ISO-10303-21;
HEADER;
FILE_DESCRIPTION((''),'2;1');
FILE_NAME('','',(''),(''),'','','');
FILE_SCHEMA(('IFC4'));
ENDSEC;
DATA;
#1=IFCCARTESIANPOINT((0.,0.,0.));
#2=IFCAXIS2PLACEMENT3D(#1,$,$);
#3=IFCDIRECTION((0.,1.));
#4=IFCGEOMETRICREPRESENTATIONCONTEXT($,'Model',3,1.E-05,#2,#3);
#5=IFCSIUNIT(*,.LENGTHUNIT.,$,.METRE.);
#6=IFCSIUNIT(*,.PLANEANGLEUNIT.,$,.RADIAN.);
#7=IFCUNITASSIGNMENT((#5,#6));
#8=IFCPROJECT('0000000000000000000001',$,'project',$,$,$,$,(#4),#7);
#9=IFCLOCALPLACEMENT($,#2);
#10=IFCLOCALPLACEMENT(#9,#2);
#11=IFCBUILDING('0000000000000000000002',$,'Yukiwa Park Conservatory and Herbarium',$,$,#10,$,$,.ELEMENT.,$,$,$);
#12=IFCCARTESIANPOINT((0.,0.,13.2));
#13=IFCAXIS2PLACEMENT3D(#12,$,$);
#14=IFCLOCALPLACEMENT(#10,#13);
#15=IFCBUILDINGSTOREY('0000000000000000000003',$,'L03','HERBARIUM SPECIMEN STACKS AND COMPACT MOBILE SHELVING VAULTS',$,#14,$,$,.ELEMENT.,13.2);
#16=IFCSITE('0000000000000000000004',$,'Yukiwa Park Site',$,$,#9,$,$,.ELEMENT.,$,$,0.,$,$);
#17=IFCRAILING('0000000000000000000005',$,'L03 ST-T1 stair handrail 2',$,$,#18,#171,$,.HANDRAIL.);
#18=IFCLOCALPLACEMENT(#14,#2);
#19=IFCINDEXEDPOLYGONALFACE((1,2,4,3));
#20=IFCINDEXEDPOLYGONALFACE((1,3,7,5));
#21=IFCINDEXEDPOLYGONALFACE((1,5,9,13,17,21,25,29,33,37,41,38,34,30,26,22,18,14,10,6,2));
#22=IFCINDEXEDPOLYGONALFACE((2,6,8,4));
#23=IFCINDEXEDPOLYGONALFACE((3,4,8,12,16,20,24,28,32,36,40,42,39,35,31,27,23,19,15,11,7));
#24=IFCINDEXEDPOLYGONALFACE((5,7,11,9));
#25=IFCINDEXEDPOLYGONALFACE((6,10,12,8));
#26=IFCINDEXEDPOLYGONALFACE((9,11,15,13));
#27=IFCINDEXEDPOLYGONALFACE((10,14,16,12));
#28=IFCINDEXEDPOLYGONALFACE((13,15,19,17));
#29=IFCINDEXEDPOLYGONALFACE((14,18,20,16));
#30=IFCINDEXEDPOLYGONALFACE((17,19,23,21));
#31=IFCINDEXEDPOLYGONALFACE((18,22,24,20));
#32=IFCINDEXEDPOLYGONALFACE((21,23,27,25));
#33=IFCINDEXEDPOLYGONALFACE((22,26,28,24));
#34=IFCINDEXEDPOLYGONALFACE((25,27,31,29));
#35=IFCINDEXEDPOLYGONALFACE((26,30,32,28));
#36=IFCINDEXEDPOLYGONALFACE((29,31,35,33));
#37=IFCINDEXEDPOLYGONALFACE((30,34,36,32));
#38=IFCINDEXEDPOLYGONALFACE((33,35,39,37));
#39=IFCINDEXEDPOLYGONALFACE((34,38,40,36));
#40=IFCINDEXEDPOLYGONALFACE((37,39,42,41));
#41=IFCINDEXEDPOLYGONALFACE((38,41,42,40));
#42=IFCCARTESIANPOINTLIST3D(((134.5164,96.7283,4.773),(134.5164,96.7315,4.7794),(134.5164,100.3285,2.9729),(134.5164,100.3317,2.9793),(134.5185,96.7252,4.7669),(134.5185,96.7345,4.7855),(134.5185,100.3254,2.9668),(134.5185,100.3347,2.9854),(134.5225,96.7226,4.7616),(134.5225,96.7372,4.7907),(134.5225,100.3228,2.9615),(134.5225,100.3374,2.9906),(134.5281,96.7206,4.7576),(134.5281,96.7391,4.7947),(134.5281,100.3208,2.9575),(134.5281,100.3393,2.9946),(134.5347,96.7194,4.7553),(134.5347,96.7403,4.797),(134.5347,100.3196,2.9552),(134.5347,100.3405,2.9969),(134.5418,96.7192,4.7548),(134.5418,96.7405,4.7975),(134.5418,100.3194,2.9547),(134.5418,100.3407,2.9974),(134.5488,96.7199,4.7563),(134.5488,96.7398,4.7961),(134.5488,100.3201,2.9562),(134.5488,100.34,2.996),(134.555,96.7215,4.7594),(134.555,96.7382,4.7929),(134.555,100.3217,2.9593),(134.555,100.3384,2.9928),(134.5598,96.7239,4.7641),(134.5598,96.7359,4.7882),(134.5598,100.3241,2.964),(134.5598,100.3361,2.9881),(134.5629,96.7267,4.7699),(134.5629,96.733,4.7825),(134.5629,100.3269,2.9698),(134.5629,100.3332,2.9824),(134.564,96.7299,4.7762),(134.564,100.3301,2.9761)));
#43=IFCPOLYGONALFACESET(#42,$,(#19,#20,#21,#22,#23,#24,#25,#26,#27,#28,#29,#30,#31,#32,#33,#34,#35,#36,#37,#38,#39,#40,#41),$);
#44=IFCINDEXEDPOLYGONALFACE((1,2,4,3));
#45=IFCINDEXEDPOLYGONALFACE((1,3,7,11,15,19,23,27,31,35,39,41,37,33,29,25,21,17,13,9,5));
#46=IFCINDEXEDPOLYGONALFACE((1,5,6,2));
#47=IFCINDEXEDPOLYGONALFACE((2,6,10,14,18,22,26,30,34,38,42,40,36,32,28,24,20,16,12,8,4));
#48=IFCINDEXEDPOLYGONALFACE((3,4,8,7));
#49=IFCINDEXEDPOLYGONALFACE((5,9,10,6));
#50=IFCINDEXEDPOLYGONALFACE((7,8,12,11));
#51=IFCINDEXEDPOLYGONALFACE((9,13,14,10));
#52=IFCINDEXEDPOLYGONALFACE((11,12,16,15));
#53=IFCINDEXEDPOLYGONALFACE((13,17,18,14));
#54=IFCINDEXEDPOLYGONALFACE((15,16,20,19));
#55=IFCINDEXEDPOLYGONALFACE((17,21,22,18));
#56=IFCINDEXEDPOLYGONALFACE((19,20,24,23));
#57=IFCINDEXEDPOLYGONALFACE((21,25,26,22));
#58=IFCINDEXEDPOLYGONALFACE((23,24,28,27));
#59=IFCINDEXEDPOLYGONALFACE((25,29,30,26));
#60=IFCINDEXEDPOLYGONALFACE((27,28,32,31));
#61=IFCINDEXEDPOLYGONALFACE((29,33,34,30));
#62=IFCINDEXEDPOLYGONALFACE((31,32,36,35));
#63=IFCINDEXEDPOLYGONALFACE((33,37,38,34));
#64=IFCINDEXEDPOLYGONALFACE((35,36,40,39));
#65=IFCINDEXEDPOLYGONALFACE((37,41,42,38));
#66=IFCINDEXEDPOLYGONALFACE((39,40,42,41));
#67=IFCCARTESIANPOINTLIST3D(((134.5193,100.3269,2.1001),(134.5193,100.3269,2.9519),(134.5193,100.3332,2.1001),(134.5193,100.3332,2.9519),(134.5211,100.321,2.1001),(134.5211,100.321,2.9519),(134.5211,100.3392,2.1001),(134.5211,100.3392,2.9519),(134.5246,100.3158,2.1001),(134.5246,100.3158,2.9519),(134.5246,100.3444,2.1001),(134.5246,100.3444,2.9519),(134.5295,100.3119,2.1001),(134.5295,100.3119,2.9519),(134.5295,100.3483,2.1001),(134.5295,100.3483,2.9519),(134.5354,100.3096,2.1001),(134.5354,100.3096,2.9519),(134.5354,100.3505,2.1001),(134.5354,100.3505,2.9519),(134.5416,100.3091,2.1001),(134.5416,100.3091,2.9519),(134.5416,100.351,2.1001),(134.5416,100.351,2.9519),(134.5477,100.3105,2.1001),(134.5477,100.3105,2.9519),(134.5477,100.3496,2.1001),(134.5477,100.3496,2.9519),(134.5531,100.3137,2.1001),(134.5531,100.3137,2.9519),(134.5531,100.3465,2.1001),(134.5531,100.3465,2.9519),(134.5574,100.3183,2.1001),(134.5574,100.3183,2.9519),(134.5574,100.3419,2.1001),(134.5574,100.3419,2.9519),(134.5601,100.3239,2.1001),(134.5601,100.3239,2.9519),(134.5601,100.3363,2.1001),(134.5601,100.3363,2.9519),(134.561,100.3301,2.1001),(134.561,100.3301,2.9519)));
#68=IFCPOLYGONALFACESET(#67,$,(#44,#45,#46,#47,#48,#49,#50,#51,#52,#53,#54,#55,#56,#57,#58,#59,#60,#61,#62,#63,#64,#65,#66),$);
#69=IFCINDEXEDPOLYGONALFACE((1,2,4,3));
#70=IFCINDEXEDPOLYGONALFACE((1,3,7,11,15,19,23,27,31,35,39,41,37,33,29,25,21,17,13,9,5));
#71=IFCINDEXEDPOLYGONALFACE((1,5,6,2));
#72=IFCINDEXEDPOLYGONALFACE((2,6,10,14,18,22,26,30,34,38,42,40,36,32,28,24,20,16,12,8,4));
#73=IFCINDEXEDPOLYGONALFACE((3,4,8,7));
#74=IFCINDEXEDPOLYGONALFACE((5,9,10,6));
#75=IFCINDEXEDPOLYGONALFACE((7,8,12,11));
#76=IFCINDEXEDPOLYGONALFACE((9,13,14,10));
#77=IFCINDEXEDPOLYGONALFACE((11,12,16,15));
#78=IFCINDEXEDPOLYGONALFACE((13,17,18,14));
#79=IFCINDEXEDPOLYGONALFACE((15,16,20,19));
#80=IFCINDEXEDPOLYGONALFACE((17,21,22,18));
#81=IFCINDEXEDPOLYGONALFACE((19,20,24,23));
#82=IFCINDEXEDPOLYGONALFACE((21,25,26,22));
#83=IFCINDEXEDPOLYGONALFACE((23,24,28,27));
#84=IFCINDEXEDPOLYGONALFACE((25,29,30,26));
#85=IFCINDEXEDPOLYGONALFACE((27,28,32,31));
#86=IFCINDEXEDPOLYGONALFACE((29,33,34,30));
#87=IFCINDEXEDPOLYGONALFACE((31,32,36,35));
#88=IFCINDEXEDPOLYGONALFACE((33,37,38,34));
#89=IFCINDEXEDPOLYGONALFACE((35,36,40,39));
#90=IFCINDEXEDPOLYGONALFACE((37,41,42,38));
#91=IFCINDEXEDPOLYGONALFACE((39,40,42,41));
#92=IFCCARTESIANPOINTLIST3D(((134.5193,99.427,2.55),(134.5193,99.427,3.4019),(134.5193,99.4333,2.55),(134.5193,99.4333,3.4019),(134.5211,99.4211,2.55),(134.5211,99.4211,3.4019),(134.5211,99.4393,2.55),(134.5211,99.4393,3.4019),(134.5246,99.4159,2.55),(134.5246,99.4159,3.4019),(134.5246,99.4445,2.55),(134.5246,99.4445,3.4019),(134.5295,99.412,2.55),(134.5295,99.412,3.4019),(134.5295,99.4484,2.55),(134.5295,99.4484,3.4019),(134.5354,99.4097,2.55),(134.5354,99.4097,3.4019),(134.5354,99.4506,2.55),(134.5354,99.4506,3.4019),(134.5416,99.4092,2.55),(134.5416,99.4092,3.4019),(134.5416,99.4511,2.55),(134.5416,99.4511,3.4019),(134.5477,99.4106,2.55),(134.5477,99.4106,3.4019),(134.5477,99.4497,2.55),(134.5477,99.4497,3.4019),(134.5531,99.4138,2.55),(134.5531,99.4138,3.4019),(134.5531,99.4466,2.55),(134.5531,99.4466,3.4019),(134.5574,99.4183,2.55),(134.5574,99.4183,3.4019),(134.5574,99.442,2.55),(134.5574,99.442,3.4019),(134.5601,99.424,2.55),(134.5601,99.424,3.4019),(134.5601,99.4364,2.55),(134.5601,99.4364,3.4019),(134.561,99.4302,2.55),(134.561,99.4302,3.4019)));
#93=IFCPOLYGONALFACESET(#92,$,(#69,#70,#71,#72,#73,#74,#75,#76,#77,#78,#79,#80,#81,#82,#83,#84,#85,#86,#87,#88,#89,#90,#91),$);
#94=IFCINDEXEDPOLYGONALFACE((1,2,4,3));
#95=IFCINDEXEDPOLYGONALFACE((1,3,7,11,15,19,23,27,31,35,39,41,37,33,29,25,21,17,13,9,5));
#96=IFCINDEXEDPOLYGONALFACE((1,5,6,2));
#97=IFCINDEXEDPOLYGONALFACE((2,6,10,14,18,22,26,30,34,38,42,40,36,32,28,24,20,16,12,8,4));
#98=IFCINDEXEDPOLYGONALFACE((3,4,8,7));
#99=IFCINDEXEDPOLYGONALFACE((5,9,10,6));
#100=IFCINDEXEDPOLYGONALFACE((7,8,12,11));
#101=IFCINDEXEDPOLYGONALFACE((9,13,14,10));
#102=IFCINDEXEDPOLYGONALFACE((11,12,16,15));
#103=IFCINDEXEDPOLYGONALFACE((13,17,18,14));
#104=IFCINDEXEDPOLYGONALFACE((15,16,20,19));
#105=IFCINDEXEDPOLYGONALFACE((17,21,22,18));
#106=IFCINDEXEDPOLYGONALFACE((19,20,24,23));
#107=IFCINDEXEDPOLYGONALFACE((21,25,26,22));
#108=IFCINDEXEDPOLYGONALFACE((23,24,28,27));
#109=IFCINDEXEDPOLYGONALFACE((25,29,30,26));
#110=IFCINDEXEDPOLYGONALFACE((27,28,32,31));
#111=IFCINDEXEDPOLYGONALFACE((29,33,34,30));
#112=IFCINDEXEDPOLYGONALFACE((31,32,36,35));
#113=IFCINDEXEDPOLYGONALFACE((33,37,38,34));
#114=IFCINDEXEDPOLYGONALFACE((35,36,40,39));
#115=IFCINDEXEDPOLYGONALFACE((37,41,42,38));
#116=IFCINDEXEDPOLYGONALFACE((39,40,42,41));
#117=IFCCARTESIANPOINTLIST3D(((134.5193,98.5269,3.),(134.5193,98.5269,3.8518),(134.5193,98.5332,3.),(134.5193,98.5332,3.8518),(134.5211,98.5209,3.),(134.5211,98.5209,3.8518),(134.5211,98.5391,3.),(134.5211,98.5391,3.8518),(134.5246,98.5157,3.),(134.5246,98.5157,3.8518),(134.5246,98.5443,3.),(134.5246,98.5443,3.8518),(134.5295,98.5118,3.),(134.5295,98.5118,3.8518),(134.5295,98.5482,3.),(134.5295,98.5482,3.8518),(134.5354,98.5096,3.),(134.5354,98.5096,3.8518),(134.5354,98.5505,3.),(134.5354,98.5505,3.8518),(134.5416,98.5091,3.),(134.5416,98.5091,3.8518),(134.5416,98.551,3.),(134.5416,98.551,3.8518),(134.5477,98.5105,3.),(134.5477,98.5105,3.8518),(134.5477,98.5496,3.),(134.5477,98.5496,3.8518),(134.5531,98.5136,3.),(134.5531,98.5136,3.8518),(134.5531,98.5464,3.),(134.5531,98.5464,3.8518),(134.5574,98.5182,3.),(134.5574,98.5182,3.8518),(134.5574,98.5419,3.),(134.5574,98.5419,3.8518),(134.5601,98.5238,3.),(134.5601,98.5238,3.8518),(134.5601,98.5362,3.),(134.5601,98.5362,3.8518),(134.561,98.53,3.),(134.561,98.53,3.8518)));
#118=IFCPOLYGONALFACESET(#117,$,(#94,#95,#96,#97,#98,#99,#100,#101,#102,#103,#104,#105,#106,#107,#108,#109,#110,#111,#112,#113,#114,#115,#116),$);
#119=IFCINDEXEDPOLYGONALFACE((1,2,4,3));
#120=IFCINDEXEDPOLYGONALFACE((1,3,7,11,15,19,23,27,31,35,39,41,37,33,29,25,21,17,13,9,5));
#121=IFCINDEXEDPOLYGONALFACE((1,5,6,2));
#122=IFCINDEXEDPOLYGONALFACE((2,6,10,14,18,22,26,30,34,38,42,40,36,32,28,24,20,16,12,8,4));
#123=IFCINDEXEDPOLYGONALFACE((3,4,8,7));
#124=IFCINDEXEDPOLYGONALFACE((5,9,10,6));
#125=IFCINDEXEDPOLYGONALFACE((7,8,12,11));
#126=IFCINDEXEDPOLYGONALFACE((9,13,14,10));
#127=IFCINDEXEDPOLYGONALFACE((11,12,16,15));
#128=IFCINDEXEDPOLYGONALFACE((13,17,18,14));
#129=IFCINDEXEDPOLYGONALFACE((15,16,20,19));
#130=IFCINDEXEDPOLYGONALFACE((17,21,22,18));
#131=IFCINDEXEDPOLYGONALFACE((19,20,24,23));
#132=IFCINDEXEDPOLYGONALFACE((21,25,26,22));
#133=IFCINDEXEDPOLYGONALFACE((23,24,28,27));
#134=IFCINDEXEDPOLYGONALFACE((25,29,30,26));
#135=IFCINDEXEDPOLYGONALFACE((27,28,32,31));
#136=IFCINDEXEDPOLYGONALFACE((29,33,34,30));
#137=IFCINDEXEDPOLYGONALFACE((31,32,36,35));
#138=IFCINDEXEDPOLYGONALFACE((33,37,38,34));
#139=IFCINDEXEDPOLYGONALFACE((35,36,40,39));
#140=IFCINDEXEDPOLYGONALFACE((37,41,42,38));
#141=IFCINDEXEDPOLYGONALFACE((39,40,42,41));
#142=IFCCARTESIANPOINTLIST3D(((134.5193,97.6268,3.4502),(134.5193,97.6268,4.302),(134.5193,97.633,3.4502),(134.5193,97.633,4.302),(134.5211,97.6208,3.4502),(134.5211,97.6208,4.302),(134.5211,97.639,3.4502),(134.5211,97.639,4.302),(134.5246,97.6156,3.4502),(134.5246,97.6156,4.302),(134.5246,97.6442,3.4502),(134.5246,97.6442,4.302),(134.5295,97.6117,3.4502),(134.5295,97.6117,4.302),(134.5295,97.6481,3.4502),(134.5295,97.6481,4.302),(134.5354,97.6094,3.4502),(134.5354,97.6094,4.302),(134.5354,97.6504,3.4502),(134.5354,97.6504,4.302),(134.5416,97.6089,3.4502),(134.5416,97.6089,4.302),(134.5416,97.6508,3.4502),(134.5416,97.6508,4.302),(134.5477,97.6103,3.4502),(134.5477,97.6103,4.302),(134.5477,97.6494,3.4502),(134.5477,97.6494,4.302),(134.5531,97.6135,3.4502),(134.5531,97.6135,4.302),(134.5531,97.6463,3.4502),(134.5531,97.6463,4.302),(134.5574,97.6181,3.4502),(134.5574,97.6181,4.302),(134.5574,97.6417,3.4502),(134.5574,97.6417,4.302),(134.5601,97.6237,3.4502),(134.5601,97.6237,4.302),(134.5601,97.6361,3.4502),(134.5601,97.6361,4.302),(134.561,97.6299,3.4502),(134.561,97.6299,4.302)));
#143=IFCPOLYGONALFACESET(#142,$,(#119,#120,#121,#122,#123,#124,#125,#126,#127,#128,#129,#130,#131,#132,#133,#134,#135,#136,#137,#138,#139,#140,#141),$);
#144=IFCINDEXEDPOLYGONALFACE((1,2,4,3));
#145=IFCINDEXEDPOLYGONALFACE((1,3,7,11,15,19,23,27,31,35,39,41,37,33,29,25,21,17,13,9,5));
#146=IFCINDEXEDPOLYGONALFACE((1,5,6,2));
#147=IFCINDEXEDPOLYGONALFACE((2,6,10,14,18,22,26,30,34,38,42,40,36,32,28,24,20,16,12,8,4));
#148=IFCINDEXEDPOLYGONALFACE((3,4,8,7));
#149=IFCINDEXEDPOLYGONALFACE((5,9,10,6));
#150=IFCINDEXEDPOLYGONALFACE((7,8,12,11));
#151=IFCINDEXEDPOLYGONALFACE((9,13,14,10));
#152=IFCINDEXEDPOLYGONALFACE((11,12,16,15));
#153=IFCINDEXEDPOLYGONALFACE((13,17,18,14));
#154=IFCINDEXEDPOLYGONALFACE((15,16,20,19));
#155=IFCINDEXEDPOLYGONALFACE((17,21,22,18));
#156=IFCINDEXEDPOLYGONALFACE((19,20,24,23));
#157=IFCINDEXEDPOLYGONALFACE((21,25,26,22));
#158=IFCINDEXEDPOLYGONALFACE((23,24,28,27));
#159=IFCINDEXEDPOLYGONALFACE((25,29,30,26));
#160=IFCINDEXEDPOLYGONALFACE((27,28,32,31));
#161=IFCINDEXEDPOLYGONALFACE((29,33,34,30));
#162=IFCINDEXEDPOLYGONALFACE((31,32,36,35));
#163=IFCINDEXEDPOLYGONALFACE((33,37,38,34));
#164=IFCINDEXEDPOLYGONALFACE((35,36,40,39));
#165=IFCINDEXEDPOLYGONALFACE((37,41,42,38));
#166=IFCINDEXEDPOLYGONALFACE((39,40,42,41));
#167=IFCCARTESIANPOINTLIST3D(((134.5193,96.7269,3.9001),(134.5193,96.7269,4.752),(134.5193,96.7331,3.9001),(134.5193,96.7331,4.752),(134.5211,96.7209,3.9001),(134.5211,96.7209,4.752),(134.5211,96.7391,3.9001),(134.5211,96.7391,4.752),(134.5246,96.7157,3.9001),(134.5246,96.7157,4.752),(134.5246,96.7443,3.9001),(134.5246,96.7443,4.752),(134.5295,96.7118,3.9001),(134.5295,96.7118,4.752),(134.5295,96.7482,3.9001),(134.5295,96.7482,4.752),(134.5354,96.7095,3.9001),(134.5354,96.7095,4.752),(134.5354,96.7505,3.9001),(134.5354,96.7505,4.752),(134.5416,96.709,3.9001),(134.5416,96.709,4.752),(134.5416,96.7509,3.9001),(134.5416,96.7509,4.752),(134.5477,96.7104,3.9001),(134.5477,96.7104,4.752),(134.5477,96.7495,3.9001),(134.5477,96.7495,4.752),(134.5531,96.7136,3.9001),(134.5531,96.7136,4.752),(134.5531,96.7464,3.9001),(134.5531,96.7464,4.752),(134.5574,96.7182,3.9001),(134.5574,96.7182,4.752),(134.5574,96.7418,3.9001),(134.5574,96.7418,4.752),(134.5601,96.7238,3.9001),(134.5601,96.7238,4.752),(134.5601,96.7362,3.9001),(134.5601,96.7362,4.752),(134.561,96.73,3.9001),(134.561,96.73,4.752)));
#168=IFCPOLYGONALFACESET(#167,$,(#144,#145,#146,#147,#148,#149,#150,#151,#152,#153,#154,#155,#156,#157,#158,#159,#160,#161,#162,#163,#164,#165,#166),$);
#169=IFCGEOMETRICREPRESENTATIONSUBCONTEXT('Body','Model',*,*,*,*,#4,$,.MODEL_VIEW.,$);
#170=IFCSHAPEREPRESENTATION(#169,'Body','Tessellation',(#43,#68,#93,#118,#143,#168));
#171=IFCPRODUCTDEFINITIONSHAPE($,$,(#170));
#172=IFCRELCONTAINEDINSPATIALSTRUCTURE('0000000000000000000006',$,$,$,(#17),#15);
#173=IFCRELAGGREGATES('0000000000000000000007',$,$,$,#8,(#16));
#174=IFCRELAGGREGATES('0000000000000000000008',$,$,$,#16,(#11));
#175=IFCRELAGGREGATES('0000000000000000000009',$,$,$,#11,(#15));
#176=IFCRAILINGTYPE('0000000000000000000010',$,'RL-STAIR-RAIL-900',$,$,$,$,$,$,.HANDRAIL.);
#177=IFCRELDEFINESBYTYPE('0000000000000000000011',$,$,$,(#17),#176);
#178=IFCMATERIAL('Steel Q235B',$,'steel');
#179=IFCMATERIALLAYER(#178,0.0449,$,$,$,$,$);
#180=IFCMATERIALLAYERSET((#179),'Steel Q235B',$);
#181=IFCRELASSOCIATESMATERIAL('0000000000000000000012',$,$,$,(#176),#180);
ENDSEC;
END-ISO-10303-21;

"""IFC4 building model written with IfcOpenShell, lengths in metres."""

from ifc_helpers import new_model, si_unit, direction, frame, origin, origin_2d, place, context, subcontext, project, spatial, circle, extrude, material, layer, layer_set, type_object, element, save


model = new_model("IFC4")

# Units and contexts
model_context = context("Model", 3, precision=1e-05, world=origin(), true_north=direction((0.0, 1.0)))
body_context = subcontext(model_context, "Body", "Model", "MODEL_VIEW")
ifc_project = project(units=[si_unit("LENGTHUNIT", "METRE"), si_unit("PLANEANGLEUNIT", "RADIAN")], contexts=[model_context])

# Site, building, storey
site_placement = place(None, origin())
site = spatial("IfcSite", under=ifc_project, at=site_placement, Name="Yukiwa Park Site", CompositionType="ELEMENT", RefElevation=0.0)
building_placement = place(site_placement, origin())
building = spatial("IfcBuilding", under=site, at=building_placement, Name="Yukiwa Park Conservatory and Herbarium", CompositionType="ELEMENT")
storey_placement = place(building_placement, frame((0.0, 0.0, 13.2)))
storey = spatial("IfcBuildingStorey", under=building, at=storey_placement, Name="L03", Description="HERBARIUM SPECIMEN STACKS AND COMPACT MOBILE SHELVING VAULTS", CompositionType="ELEMENT", Elevation=13.2)

# Railing
ifc_material_1 = material(Name="Steel Q235B", Category="steel")
ifc_layer_1 = layer(ifc_material_1, 0.0449)
ifc_layer_set_1 = layer_set([ifc_layer_1], Name="Steel Q235B")
railing_type_1 = type_object("IfcRailingType", Name="RL-STAIR-RAIL-900", PredefinedType="HANDRAIL", material=ifc_layer_set_1)
railing_1_placement = place(storey_placement, frame((134.54, 100.3301, 2.1001)))
element("IfcRailing", 1, at=railing_1_placement, inside=storey, type_object=railing_type_1, Name="L03 ST-T1 stair handrail 2", PredefinedType="HANDRAIL", context=body_context, shape_type="SweptSolid", body=[
    extrude(circle(Radius=0.0239, at=origin_2d()), frame((0.0, 0.0, 0.876), z_axis=(0.0, -0.894427, 0.447214), x_axis=(1.0, 0.0, 0.0)), (0.0, 0.0, 1.0), 4.0251),
    extrude(circle(Radius=0.021, at=origin_2d()), origin(), (0.0, 0.0, 1.0), 0.8518),
    extrude(circle(Radius=0.021, at=origin_2d()), frame((0.0, -0.8999, 0.45)), (0.0, 0.0, 1.0), 0.8518),
    extrude(circle(Radius=0.021, at=origin_2d()), frame((0.0, -1.8, 0.8999)), (0.0, 0.0, 1.0), 0.8518),
    extrude(circle(Radius=0.021, at=origin_2d()), frame((0.0, -2.7002, 1.3501)), (0.0, 0.0, 1.0), 0.8518),
    extrude(circle(Radius=0.021, at=origin_2d()), frame((0.0, -3.6001, 1.8)), (0.0, 0.0, 1.0), 0.8518),
])

save(model, "model.ifc")
